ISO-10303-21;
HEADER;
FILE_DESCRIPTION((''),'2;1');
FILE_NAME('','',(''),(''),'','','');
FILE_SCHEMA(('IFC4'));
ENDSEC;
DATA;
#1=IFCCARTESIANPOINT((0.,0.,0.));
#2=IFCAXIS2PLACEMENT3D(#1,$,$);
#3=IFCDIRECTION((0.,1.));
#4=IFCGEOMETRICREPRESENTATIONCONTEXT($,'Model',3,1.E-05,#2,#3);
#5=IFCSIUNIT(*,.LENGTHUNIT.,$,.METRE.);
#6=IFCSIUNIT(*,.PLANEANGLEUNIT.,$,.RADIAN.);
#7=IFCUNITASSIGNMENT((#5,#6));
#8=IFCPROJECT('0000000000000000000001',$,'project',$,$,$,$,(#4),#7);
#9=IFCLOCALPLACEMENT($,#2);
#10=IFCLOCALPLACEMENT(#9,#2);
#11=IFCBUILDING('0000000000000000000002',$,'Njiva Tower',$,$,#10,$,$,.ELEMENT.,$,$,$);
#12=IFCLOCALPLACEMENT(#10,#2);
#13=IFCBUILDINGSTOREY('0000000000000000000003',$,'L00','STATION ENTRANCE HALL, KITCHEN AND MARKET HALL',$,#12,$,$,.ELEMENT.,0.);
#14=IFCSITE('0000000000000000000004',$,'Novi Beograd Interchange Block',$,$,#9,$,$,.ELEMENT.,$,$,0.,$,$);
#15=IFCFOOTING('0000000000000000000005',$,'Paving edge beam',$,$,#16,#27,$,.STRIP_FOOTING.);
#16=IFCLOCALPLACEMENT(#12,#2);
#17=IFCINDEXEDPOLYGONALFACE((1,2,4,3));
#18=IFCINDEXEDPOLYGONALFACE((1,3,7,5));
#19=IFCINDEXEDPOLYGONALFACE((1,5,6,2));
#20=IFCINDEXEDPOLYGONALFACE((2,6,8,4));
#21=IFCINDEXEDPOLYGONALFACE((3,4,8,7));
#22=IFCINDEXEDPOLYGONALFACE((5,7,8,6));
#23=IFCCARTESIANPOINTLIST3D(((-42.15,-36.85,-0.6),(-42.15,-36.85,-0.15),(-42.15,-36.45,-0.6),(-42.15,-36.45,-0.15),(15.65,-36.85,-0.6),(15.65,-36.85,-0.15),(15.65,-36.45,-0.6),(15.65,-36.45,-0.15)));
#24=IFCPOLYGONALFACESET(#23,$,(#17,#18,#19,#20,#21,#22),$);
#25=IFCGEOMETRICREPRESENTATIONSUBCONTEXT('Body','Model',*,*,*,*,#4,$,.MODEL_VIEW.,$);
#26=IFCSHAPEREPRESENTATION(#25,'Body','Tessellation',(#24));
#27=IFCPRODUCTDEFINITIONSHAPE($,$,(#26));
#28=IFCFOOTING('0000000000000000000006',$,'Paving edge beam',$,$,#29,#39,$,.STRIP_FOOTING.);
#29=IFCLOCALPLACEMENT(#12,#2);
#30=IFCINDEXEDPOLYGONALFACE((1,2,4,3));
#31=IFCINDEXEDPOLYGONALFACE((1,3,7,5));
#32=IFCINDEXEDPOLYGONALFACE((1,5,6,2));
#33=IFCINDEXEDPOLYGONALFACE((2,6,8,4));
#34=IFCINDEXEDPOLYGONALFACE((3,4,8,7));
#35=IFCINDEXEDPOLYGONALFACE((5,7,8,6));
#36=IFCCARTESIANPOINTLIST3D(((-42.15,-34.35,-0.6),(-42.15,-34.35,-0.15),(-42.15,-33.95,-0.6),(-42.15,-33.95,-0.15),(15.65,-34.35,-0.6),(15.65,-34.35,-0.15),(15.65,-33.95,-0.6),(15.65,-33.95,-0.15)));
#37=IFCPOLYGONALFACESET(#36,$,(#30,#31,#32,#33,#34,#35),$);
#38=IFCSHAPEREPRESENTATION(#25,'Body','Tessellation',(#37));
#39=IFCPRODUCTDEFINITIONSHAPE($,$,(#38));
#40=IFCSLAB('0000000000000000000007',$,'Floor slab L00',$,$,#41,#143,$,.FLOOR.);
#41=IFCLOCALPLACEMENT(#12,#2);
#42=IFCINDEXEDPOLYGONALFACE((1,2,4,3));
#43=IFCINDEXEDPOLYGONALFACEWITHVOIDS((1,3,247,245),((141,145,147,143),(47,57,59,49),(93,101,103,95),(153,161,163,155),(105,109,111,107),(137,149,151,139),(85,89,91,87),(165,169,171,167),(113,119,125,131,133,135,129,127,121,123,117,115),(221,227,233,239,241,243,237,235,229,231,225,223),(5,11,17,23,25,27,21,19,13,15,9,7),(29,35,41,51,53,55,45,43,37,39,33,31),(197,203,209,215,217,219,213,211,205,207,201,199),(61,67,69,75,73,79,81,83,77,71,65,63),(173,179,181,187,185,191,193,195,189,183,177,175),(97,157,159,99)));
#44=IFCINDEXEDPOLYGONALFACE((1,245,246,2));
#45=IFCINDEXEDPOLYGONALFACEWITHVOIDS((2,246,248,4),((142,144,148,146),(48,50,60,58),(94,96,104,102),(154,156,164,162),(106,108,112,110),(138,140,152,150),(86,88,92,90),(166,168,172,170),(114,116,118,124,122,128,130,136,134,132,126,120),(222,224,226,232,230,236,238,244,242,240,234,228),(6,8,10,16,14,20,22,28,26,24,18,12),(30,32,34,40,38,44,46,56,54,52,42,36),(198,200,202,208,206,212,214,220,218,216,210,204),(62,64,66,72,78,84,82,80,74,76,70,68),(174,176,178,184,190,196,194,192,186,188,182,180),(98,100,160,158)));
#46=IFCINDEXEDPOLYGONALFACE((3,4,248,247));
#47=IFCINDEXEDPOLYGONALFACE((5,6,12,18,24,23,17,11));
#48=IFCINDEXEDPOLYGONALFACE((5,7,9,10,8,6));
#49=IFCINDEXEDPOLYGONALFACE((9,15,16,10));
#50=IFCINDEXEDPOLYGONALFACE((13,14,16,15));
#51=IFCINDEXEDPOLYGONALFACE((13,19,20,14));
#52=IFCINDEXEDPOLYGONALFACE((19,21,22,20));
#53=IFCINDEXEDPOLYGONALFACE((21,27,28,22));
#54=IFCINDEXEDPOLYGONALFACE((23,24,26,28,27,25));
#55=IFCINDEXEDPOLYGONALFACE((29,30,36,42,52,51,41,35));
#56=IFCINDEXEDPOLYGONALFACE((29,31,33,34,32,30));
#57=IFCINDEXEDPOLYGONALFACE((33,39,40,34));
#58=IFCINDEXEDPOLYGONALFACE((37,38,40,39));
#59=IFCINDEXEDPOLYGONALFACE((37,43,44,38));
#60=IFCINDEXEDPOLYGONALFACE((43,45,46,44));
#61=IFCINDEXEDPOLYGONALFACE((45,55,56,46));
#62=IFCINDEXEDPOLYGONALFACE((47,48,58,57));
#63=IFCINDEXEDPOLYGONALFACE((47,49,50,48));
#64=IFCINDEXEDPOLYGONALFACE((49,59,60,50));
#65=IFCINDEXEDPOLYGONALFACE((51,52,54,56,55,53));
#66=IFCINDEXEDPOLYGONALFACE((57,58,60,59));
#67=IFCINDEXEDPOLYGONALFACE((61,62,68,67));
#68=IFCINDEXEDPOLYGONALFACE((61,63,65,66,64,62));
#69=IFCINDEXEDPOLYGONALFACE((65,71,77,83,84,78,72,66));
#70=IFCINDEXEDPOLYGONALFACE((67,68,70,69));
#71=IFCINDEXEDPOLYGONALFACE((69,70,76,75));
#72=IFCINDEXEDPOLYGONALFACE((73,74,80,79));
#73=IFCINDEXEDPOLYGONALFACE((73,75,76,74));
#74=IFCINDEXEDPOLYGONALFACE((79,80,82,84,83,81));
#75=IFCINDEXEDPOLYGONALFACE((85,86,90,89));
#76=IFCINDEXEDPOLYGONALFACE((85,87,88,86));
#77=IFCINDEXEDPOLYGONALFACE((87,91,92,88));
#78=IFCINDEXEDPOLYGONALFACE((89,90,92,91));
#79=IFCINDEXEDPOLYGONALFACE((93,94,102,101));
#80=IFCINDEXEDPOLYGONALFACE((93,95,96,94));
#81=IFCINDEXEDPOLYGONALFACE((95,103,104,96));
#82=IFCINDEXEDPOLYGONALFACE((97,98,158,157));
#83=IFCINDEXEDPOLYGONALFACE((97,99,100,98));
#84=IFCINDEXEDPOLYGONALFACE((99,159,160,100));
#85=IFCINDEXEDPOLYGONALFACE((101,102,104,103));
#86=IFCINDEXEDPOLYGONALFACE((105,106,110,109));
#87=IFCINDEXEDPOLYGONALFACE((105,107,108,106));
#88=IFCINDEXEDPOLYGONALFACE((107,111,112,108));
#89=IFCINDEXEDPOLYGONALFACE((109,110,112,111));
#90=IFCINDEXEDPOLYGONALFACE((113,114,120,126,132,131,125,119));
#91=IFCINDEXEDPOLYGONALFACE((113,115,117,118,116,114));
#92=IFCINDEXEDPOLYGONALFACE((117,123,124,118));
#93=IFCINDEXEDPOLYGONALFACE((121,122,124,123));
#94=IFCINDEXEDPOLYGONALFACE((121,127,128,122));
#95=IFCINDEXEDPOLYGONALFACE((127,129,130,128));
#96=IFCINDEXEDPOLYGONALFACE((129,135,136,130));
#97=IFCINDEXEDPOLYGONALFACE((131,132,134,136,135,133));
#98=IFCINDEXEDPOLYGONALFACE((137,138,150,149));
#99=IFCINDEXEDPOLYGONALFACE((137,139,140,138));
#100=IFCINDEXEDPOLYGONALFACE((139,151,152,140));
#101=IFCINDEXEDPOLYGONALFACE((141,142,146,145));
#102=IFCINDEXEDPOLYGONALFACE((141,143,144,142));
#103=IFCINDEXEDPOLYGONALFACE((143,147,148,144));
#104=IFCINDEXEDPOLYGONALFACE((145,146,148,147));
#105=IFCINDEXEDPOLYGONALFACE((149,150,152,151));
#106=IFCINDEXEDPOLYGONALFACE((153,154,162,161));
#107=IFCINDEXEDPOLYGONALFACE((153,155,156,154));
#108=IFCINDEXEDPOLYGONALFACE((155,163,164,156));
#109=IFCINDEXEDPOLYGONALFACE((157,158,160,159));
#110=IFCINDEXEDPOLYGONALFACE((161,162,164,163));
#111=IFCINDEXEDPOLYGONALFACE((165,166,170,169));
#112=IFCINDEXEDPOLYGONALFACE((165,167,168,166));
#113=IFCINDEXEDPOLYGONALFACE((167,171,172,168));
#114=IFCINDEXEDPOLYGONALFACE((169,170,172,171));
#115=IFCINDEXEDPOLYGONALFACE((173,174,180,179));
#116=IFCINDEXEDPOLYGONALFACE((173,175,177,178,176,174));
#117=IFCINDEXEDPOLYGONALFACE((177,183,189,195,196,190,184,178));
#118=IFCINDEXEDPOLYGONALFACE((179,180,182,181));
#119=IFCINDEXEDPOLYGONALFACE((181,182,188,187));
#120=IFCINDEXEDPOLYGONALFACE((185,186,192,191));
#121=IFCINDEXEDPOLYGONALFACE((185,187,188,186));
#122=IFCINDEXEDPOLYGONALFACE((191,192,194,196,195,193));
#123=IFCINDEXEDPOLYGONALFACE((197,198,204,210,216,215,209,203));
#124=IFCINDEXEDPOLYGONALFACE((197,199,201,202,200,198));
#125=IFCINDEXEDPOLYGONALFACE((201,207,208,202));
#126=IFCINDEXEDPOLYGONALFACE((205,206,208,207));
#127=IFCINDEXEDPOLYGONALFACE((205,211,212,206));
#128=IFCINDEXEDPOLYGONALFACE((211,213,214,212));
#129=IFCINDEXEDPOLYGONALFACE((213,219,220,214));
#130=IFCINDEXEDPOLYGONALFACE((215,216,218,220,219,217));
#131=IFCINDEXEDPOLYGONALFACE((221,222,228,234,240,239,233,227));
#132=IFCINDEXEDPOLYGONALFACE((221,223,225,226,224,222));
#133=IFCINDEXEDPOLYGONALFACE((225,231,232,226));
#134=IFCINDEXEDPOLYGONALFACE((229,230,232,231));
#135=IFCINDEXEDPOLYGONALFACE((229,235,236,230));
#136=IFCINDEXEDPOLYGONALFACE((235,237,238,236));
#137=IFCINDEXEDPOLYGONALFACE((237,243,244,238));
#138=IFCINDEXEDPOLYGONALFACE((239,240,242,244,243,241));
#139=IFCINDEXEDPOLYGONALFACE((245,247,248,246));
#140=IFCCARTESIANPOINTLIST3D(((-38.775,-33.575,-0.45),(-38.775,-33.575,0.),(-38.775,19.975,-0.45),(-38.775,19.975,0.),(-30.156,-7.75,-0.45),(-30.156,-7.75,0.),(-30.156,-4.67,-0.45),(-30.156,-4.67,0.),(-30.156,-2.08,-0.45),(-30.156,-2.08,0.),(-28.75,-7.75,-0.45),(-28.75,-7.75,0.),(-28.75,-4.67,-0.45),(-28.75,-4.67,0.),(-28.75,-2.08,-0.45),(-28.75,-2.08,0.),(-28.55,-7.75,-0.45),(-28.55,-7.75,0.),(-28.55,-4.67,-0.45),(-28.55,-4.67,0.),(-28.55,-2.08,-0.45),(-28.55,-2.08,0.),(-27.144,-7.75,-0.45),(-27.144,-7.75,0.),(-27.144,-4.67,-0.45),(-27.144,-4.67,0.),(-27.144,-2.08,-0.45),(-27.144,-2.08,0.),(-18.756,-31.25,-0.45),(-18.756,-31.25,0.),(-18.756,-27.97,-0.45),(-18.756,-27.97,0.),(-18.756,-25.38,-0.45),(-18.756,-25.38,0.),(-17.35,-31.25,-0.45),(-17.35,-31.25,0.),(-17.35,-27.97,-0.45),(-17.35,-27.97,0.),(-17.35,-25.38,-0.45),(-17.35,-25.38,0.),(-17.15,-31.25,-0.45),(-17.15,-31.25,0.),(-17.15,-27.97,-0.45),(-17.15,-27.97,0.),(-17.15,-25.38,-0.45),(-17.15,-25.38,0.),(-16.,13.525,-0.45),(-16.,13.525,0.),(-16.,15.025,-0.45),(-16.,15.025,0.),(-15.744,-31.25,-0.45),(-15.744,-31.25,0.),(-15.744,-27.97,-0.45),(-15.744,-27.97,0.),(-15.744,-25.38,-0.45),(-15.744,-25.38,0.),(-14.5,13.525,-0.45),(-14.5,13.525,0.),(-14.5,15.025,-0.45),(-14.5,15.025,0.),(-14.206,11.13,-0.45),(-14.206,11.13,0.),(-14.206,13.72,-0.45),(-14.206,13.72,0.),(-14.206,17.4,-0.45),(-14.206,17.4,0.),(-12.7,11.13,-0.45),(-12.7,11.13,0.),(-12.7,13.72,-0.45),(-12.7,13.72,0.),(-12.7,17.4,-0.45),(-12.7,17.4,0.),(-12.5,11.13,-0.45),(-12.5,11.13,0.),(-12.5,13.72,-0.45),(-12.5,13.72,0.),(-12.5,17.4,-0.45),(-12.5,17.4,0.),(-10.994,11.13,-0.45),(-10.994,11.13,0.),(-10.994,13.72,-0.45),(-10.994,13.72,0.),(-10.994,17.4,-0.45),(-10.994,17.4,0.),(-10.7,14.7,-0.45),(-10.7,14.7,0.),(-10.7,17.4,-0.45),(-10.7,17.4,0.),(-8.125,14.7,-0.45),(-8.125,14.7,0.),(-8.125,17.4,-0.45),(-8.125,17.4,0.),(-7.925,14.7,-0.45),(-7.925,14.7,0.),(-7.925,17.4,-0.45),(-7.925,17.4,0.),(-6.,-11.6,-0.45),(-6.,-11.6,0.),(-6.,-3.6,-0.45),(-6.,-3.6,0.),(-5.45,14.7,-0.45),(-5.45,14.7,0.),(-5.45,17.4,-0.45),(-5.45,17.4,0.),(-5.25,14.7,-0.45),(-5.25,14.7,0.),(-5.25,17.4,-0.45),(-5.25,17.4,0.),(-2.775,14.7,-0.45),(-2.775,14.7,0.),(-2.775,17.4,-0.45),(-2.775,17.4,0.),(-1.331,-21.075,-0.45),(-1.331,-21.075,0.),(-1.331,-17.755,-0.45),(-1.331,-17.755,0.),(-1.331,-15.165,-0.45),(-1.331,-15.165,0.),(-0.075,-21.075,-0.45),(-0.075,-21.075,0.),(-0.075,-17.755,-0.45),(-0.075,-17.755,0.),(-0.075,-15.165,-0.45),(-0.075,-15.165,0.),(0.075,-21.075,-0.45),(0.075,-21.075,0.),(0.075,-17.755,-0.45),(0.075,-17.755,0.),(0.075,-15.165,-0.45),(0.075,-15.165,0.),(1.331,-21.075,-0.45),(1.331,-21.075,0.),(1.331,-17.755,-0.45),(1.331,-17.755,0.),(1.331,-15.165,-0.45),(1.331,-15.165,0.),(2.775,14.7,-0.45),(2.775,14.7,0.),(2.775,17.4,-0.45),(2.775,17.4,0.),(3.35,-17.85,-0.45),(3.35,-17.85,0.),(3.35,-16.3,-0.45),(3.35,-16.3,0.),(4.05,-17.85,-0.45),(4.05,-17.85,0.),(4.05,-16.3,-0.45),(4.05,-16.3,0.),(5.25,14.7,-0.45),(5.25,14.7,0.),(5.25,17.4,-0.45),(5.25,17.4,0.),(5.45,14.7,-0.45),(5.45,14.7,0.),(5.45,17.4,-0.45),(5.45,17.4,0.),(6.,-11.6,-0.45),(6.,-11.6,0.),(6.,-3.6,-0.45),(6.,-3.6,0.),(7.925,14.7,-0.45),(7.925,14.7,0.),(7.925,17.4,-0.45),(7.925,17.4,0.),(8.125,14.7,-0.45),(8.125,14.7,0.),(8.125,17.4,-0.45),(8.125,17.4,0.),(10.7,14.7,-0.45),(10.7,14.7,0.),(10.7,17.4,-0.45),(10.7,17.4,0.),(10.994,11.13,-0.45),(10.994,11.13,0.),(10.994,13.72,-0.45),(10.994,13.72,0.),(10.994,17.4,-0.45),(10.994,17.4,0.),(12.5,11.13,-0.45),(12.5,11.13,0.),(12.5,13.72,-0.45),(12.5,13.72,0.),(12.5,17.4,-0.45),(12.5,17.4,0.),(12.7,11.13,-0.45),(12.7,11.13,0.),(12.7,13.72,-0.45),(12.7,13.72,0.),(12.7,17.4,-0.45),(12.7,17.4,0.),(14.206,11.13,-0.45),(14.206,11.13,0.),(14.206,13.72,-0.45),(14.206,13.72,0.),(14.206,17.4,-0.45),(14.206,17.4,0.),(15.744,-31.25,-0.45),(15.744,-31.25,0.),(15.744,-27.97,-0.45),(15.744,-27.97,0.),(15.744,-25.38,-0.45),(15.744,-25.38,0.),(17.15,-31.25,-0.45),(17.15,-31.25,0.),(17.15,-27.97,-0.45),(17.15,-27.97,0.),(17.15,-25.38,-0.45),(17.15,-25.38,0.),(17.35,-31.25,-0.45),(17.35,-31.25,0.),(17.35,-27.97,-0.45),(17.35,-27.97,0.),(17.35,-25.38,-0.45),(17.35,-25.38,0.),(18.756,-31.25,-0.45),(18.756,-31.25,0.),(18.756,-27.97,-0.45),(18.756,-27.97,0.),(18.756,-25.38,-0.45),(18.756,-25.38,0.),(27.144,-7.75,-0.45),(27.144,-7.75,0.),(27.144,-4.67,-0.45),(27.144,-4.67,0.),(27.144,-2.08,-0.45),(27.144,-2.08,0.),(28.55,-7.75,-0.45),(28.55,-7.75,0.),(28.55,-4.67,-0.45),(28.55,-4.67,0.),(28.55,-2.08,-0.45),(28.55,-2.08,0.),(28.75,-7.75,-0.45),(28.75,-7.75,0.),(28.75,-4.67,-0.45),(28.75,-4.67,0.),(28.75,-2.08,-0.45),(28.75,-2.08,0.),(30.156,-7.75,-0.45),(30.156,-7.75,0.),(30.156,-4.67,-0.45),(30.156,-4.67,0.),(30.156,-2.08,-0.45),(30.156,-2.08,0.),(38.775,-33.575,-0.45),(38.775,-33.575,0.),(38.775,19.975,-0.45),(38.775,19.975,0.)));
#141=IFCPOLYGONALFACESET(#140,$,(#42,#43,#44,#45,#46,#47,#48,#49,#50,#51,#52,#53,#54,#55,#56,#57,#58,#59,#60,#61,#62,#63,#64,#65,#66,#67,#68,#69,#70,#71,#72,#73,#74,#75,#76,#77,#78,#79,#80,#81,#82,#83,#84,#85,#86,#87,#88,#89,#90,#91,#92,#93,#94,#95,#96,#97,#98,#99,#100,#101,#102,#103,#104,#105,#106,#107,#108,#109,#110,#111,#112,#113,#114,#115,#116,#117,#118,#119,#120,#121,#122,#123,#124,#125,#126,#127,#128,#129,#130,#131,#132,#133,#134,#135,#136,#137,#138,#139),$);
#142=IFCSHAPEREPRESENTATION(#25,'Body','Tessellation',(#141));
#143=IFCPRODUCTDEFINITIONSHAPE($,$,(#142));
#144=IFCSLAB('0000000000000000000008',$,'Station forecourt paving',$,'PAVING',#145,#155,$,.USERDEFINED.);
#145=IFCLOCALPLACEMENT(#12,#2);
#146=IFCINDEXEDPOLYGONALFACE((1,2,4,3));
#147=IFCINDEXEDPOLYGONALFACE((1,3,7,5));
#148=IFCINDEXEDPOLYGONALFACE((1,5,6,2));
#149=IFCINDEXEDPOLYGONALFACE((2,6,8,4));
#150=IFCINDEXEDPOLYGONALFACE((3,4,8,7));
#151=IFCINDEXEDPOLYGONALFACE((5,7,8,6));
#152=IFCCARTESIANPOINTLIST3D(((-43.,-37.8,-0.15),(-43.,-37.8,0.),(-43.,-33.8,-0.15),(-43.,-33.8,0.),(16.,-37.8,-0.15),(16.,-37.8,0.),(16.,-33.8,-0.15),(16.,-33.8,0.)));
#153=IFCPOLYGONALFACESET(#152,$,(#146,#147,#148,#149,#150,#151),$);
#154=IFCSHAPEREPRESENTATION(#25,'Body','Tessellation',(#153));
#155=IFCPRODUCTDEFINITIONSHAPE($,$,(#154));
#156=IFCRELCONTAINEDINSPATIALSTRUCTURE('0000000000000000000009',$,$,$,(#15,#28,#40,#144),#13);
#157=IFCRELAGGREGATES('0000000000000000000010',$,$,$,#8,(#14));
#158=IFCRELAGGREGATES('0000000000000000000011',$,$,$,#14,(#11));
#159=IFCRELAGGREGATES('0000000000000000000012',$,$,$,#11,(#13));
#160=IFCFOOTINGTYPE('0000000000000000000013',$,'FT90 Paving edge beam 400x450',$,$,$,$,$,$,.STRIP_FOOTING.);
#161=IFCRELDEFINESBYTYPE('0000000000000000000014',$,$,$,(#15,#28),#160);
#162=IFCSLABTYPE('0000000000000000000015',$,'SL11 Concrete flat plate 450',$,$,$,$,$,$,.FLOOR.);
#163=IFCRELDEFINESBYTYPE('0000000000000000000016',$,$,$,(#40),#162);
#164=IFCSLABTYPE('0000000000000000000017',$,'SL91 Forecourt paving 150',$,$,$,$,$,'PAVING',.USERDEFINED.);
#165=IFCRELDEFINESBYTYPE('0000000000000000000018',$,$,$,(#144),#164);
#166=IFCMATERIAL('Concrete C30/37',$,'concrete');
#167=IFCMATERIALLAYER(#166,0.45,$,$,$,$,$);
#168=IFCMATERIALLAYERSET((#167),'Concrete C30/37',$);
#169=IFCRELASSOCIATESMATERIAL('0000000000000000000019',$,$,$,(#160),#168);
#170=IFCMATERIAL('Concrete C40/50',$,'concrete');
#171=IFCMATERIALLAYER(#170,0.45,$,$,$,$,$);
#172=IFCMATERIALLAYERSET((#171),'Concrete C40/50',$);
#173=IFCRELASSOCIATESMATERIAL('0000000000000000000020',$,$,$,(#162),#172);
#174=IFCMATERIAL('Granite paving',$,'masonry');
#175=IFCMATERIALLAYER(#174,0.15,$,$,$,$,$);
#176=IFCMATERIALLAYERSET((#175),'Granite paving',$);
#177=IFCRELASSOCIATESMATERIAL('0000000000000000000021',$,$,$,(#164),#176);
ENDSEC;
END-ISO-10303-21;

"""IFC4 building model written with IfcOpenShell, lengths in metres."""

from ifc_helpers import new_model, si_unit, direction, frame, origin, place, context, subcontext, project, spatial, polyline, outline, extrude, material, layer, layer_set, type_object, element, save


model = new_model("IFC4")

# Units and contexts
model_context = context("Model", 3, precision=1e-05, world=origin(), true_north=direction((0.0, 1.0)))
body_context = subcontext(model_context, "Body", "Model", "MODEL_VIEW")
ifc_project = project(units=[si_unit("LENGTHUNIT", "METRE"), si_unit("PLANEANGLEUNIT", "RADIAN")], contexts=[model_context])

# Site, building, storey
site_placement = place(None, origin())
site = spatial("IfcSite", under=ifc_project, at=site_placement, Name="Novi Beograd Interchange Block", CompositionType="ELEMENT", RefElevation=0.0)
building_placement = place(site_placement, origin())
building = spatial("IfcBuilding", under=site, at=building_placement, Name="Njiva Tower", CompositionType="ELEMENT")
storey_placement = place(building_placement, origin())
storey = spatial("IfcBuildingStorey", under=building, at=storey_placement, Name="L00", Description="STATION ENTRANCE HALL, KITCHEN AND MARKET HALL", CompositionType="ELEMENT", Elevation=0.0)

# Footings
ifc_material_1 = material(Name="Concrete C30/37", Category="concrete")
ifc_layer_1 = layer(ifc_material_1, 0.45)
ifc_layer_set_1 = layer_set([ifc_layer_1], Name="Concrete C30/37")
footing_type = type_object("IfcFootingType", Name="FT90 Paving edge beam 400x450", PredefinedType="STRIP_FOOTING", material=ifc_layer_set_1)
footing_1_placement = place(storey_placement, frame((0.0, 0.0, -0.6)))
element("IfcFooting", 1, at=footing_1_placement, inside=storey, type_object=footing_type, Name="Paving edge beam", PredefinedType="STRIP_FOOTING", context=body_context, shape_type="SweptSolid", body=[
    extrude(outline(polyline([(15.65, -36.85), (15.65, -36.45), (-42.15, -36.45), (-42.15, -36.85), (15.65, -36.85)])), origin(), (0.0, 0.0, 1.0), 0.45),
])
footing_2_placement = place(storey_placement, frame((0.0, 0.0, -0.6)))
element("IfcFooting", 2, at=footing_2_placement, inside=storey, type_object=footing_type, Name="Paving edge beam", PredefinedType="STRIP_FOOTING", context=body_context, shape_type="SweptSolid", body=[
    extrude(outline(polyline([(15.65, -34.35), (15.65, -33.95), (-42.15, -33.95), (-42.15, -34.35), (15.65, -34.35)])), origin(), (0.0, 0.0, 1.0), 0.45),
])

# Slabs
ifc_material_2 = material(Name="Concrete C40/50", Category="concrete")
ifc_layer_2 = layer(ifc_material_2, 0.45)
ifc_layer_set_2 = layer_set([ifc_layer_2], Name="Concrete C40/50")
slab_type_1 = type_object("IfcSlabType", Name="SL11 Concrete flat plate 450", PredefinedType="FLOOR", material=ifc_layer_set_2)
slab_1_placement = place(storey_placement, frame((0.0, 0.0, -0.45)))
element("IfcSlab", 3, at=slab_1_placement, inside=storey, type_object=slab_type_1, Name="Floor slab L00", PredefinedType="FLOOR", context=body_context, shape_type="SweptSolid", body=[
    extrude(outline(polyline([(-38.775, -33.575), (-38.775, 19.975), (38.775, 19.975), (38.775, -33.575), (-38.775, -33.575)]), holes=[polyline([(28.55, -4.67), (28.55, -2.08), (27.144, -2.08), (27.144, -4.67), (27.144, -7.75), (28.55, -7.75), (28.75, -7.75), (30.156, -7.75), (30.156, -4.67), (30.156, -2.08), (28.75, -2.08), (28.75, -4.67), (28.55, -4.67)]), polyline([(17.15, -27.97), (17.15, -25.38), (15.744, -25.38), (15.744, -27.97), (15.744, -31.25), (17.15, -31.25), (17.35, -31.25), (18.756, -31.25), (18.756, -27.97), (18.756, -25.38), (17.35, -25.38), (17.35, -27.97), (17.15, -27.97)]), polyline([(12.5, 17.4), (10.994, 17.4), (10.994, 13.72), (10.994, 11.13), (12.5, 11.13), (12.5, 13.72), (12.7, 13.72), (12.7, 11.13), (14.206, 11.13), (14.206, 13.72), (14.206, 17.4), (12.7, 17.4), (12.5, 17.4)]), polyline([(8.125, 14.7), (10.7, 14.7), (10.7, 17.4), (8.125, 17.4), (8.125, 14.7)]), polyline([(5.45, 14.7), (7.925, 14.7), (7.925, 17.4), (5.45, 17.4), (5.45, 14.7)]), polyline([(6.0, -11.6), (6.0, -3.6), (-6.0, -3.6), (-6.0, -11.6), (6.0, -11.6)]), polyline([(2.775, 14.7), (5.25, 14.7), (5.25, 17.4), (2.775, 17.4), (2.775, 14.7)]), polyline([(3.35, -17.85), (4.05, -17.85), (4.05, -16.3), (3.35, -16.3), (3.35, -17.85)]), polyline([(-0.075, -17.755), (-0.075, -15.165), (-1.331, -15.165), (-1.331, -17.755), (-1.331, -21.075), (-0.075, -21.075), (0.075, -21.075), (1.331, -21.075), (1.331, -17.755), (1.331, -15.165), (0.075, -15.165), (0.075, -17.755), (-0.075, -17.755)]), polyline([(-5.25, 14.7), (-2.775, 14.7), (-2.775, 17.4), (-5.25, 17.4), (-5.25, 14.7)]), polyline([(-7.925, 14.7), (-5.45, 14.7), (-5.45, 17.4), (-7.925, 17.4), (-7.925, 14.7)]), polyline([(-10.7, 14.7), (-8.125, 14.7), (-8.125, 17.4), (-10.7, 17.4), (-10.7, 14.7)]), polyline([(-12.7, 17.4), (-14.206, 17.4), (-14.206, 13.72), (-14.206, 11.13), (-12.7, 11.13), (-12.7, 13.72), (-12.5, 13.72), (-12.5, 11.13), (-10.994, 11.13), (-10.994, 13.72), (-10.994, 17.4), (-12.5, 17.4), (-12.7, 17.4)]), polyline([(-14.5, 15.025), (-16.0, 15.025), (-16.0, 13.525), (-14.5, 13.525), (-14.5, 15.025)]), polyline([(-17.35, -27.97), (-17.35, -25.38), (-18.756, -25.38), (-18.756, -27.97), (-18.756, -31.25), (-17.35, -31.25), (-17.15, -31.25), (-15.744, -31.25), (-15.744, -27.97), (-15.744, -25.38), (-17.15, -25.38), (-17.15, -27.97), (-17.35, -27.97)]), polyline([(-28.75, -4.67), (-28.75, -2.08), (-30.156, -2.08), (-30.156, -4.67), (-30.156, -7.75), (-28.75, -7.75), (-28.55, -7.75), (-27.144, -7.75), (-27.144, -4.67), (-27.144, -2.08), (-28.55, -2.08), (-28.55, -4.67), (-28.75, -4.67)])]), origin(), (0.0, 0.0, 1.0), 0.45),
])
ifc_material_3 = material(Name="Granite paving", Category="masonry")
ifc_layer_3 = layer(ifc_material_3, 0.15)
ifc_layer_set_3 = layer_set([ifc_layer_3], Name="Granite paving")
slab_type_2 = type_object("IfcSlabType", Name="SL91 Forecourt paving 150", ElementType="PAVING", PredefinedType="USERDEFINED", material=ifc_layer_set_3)
slab_2_placement = place(storey_placement, frame((0.0, 0.0, -0.15)))
element("IfcSlab", 4, at=slab_2_placement, inside=storey, type_object=slab_type_2, Name="Station forecourt paving", ObjectType="PAVING", PredefinedType="USERDEFINED", context=body_context, shape_type="SweptSolid", body=[
    extrude(outline(polyline([(16.0, -37.8), (16.0, -33.8), (-43.0, -33.8), (-43.0, -37.8), (16.0, -37.8)])), origin(), (0.0, 0.0, 1.0), 0.15),
])

save(model, "model.ifc")
